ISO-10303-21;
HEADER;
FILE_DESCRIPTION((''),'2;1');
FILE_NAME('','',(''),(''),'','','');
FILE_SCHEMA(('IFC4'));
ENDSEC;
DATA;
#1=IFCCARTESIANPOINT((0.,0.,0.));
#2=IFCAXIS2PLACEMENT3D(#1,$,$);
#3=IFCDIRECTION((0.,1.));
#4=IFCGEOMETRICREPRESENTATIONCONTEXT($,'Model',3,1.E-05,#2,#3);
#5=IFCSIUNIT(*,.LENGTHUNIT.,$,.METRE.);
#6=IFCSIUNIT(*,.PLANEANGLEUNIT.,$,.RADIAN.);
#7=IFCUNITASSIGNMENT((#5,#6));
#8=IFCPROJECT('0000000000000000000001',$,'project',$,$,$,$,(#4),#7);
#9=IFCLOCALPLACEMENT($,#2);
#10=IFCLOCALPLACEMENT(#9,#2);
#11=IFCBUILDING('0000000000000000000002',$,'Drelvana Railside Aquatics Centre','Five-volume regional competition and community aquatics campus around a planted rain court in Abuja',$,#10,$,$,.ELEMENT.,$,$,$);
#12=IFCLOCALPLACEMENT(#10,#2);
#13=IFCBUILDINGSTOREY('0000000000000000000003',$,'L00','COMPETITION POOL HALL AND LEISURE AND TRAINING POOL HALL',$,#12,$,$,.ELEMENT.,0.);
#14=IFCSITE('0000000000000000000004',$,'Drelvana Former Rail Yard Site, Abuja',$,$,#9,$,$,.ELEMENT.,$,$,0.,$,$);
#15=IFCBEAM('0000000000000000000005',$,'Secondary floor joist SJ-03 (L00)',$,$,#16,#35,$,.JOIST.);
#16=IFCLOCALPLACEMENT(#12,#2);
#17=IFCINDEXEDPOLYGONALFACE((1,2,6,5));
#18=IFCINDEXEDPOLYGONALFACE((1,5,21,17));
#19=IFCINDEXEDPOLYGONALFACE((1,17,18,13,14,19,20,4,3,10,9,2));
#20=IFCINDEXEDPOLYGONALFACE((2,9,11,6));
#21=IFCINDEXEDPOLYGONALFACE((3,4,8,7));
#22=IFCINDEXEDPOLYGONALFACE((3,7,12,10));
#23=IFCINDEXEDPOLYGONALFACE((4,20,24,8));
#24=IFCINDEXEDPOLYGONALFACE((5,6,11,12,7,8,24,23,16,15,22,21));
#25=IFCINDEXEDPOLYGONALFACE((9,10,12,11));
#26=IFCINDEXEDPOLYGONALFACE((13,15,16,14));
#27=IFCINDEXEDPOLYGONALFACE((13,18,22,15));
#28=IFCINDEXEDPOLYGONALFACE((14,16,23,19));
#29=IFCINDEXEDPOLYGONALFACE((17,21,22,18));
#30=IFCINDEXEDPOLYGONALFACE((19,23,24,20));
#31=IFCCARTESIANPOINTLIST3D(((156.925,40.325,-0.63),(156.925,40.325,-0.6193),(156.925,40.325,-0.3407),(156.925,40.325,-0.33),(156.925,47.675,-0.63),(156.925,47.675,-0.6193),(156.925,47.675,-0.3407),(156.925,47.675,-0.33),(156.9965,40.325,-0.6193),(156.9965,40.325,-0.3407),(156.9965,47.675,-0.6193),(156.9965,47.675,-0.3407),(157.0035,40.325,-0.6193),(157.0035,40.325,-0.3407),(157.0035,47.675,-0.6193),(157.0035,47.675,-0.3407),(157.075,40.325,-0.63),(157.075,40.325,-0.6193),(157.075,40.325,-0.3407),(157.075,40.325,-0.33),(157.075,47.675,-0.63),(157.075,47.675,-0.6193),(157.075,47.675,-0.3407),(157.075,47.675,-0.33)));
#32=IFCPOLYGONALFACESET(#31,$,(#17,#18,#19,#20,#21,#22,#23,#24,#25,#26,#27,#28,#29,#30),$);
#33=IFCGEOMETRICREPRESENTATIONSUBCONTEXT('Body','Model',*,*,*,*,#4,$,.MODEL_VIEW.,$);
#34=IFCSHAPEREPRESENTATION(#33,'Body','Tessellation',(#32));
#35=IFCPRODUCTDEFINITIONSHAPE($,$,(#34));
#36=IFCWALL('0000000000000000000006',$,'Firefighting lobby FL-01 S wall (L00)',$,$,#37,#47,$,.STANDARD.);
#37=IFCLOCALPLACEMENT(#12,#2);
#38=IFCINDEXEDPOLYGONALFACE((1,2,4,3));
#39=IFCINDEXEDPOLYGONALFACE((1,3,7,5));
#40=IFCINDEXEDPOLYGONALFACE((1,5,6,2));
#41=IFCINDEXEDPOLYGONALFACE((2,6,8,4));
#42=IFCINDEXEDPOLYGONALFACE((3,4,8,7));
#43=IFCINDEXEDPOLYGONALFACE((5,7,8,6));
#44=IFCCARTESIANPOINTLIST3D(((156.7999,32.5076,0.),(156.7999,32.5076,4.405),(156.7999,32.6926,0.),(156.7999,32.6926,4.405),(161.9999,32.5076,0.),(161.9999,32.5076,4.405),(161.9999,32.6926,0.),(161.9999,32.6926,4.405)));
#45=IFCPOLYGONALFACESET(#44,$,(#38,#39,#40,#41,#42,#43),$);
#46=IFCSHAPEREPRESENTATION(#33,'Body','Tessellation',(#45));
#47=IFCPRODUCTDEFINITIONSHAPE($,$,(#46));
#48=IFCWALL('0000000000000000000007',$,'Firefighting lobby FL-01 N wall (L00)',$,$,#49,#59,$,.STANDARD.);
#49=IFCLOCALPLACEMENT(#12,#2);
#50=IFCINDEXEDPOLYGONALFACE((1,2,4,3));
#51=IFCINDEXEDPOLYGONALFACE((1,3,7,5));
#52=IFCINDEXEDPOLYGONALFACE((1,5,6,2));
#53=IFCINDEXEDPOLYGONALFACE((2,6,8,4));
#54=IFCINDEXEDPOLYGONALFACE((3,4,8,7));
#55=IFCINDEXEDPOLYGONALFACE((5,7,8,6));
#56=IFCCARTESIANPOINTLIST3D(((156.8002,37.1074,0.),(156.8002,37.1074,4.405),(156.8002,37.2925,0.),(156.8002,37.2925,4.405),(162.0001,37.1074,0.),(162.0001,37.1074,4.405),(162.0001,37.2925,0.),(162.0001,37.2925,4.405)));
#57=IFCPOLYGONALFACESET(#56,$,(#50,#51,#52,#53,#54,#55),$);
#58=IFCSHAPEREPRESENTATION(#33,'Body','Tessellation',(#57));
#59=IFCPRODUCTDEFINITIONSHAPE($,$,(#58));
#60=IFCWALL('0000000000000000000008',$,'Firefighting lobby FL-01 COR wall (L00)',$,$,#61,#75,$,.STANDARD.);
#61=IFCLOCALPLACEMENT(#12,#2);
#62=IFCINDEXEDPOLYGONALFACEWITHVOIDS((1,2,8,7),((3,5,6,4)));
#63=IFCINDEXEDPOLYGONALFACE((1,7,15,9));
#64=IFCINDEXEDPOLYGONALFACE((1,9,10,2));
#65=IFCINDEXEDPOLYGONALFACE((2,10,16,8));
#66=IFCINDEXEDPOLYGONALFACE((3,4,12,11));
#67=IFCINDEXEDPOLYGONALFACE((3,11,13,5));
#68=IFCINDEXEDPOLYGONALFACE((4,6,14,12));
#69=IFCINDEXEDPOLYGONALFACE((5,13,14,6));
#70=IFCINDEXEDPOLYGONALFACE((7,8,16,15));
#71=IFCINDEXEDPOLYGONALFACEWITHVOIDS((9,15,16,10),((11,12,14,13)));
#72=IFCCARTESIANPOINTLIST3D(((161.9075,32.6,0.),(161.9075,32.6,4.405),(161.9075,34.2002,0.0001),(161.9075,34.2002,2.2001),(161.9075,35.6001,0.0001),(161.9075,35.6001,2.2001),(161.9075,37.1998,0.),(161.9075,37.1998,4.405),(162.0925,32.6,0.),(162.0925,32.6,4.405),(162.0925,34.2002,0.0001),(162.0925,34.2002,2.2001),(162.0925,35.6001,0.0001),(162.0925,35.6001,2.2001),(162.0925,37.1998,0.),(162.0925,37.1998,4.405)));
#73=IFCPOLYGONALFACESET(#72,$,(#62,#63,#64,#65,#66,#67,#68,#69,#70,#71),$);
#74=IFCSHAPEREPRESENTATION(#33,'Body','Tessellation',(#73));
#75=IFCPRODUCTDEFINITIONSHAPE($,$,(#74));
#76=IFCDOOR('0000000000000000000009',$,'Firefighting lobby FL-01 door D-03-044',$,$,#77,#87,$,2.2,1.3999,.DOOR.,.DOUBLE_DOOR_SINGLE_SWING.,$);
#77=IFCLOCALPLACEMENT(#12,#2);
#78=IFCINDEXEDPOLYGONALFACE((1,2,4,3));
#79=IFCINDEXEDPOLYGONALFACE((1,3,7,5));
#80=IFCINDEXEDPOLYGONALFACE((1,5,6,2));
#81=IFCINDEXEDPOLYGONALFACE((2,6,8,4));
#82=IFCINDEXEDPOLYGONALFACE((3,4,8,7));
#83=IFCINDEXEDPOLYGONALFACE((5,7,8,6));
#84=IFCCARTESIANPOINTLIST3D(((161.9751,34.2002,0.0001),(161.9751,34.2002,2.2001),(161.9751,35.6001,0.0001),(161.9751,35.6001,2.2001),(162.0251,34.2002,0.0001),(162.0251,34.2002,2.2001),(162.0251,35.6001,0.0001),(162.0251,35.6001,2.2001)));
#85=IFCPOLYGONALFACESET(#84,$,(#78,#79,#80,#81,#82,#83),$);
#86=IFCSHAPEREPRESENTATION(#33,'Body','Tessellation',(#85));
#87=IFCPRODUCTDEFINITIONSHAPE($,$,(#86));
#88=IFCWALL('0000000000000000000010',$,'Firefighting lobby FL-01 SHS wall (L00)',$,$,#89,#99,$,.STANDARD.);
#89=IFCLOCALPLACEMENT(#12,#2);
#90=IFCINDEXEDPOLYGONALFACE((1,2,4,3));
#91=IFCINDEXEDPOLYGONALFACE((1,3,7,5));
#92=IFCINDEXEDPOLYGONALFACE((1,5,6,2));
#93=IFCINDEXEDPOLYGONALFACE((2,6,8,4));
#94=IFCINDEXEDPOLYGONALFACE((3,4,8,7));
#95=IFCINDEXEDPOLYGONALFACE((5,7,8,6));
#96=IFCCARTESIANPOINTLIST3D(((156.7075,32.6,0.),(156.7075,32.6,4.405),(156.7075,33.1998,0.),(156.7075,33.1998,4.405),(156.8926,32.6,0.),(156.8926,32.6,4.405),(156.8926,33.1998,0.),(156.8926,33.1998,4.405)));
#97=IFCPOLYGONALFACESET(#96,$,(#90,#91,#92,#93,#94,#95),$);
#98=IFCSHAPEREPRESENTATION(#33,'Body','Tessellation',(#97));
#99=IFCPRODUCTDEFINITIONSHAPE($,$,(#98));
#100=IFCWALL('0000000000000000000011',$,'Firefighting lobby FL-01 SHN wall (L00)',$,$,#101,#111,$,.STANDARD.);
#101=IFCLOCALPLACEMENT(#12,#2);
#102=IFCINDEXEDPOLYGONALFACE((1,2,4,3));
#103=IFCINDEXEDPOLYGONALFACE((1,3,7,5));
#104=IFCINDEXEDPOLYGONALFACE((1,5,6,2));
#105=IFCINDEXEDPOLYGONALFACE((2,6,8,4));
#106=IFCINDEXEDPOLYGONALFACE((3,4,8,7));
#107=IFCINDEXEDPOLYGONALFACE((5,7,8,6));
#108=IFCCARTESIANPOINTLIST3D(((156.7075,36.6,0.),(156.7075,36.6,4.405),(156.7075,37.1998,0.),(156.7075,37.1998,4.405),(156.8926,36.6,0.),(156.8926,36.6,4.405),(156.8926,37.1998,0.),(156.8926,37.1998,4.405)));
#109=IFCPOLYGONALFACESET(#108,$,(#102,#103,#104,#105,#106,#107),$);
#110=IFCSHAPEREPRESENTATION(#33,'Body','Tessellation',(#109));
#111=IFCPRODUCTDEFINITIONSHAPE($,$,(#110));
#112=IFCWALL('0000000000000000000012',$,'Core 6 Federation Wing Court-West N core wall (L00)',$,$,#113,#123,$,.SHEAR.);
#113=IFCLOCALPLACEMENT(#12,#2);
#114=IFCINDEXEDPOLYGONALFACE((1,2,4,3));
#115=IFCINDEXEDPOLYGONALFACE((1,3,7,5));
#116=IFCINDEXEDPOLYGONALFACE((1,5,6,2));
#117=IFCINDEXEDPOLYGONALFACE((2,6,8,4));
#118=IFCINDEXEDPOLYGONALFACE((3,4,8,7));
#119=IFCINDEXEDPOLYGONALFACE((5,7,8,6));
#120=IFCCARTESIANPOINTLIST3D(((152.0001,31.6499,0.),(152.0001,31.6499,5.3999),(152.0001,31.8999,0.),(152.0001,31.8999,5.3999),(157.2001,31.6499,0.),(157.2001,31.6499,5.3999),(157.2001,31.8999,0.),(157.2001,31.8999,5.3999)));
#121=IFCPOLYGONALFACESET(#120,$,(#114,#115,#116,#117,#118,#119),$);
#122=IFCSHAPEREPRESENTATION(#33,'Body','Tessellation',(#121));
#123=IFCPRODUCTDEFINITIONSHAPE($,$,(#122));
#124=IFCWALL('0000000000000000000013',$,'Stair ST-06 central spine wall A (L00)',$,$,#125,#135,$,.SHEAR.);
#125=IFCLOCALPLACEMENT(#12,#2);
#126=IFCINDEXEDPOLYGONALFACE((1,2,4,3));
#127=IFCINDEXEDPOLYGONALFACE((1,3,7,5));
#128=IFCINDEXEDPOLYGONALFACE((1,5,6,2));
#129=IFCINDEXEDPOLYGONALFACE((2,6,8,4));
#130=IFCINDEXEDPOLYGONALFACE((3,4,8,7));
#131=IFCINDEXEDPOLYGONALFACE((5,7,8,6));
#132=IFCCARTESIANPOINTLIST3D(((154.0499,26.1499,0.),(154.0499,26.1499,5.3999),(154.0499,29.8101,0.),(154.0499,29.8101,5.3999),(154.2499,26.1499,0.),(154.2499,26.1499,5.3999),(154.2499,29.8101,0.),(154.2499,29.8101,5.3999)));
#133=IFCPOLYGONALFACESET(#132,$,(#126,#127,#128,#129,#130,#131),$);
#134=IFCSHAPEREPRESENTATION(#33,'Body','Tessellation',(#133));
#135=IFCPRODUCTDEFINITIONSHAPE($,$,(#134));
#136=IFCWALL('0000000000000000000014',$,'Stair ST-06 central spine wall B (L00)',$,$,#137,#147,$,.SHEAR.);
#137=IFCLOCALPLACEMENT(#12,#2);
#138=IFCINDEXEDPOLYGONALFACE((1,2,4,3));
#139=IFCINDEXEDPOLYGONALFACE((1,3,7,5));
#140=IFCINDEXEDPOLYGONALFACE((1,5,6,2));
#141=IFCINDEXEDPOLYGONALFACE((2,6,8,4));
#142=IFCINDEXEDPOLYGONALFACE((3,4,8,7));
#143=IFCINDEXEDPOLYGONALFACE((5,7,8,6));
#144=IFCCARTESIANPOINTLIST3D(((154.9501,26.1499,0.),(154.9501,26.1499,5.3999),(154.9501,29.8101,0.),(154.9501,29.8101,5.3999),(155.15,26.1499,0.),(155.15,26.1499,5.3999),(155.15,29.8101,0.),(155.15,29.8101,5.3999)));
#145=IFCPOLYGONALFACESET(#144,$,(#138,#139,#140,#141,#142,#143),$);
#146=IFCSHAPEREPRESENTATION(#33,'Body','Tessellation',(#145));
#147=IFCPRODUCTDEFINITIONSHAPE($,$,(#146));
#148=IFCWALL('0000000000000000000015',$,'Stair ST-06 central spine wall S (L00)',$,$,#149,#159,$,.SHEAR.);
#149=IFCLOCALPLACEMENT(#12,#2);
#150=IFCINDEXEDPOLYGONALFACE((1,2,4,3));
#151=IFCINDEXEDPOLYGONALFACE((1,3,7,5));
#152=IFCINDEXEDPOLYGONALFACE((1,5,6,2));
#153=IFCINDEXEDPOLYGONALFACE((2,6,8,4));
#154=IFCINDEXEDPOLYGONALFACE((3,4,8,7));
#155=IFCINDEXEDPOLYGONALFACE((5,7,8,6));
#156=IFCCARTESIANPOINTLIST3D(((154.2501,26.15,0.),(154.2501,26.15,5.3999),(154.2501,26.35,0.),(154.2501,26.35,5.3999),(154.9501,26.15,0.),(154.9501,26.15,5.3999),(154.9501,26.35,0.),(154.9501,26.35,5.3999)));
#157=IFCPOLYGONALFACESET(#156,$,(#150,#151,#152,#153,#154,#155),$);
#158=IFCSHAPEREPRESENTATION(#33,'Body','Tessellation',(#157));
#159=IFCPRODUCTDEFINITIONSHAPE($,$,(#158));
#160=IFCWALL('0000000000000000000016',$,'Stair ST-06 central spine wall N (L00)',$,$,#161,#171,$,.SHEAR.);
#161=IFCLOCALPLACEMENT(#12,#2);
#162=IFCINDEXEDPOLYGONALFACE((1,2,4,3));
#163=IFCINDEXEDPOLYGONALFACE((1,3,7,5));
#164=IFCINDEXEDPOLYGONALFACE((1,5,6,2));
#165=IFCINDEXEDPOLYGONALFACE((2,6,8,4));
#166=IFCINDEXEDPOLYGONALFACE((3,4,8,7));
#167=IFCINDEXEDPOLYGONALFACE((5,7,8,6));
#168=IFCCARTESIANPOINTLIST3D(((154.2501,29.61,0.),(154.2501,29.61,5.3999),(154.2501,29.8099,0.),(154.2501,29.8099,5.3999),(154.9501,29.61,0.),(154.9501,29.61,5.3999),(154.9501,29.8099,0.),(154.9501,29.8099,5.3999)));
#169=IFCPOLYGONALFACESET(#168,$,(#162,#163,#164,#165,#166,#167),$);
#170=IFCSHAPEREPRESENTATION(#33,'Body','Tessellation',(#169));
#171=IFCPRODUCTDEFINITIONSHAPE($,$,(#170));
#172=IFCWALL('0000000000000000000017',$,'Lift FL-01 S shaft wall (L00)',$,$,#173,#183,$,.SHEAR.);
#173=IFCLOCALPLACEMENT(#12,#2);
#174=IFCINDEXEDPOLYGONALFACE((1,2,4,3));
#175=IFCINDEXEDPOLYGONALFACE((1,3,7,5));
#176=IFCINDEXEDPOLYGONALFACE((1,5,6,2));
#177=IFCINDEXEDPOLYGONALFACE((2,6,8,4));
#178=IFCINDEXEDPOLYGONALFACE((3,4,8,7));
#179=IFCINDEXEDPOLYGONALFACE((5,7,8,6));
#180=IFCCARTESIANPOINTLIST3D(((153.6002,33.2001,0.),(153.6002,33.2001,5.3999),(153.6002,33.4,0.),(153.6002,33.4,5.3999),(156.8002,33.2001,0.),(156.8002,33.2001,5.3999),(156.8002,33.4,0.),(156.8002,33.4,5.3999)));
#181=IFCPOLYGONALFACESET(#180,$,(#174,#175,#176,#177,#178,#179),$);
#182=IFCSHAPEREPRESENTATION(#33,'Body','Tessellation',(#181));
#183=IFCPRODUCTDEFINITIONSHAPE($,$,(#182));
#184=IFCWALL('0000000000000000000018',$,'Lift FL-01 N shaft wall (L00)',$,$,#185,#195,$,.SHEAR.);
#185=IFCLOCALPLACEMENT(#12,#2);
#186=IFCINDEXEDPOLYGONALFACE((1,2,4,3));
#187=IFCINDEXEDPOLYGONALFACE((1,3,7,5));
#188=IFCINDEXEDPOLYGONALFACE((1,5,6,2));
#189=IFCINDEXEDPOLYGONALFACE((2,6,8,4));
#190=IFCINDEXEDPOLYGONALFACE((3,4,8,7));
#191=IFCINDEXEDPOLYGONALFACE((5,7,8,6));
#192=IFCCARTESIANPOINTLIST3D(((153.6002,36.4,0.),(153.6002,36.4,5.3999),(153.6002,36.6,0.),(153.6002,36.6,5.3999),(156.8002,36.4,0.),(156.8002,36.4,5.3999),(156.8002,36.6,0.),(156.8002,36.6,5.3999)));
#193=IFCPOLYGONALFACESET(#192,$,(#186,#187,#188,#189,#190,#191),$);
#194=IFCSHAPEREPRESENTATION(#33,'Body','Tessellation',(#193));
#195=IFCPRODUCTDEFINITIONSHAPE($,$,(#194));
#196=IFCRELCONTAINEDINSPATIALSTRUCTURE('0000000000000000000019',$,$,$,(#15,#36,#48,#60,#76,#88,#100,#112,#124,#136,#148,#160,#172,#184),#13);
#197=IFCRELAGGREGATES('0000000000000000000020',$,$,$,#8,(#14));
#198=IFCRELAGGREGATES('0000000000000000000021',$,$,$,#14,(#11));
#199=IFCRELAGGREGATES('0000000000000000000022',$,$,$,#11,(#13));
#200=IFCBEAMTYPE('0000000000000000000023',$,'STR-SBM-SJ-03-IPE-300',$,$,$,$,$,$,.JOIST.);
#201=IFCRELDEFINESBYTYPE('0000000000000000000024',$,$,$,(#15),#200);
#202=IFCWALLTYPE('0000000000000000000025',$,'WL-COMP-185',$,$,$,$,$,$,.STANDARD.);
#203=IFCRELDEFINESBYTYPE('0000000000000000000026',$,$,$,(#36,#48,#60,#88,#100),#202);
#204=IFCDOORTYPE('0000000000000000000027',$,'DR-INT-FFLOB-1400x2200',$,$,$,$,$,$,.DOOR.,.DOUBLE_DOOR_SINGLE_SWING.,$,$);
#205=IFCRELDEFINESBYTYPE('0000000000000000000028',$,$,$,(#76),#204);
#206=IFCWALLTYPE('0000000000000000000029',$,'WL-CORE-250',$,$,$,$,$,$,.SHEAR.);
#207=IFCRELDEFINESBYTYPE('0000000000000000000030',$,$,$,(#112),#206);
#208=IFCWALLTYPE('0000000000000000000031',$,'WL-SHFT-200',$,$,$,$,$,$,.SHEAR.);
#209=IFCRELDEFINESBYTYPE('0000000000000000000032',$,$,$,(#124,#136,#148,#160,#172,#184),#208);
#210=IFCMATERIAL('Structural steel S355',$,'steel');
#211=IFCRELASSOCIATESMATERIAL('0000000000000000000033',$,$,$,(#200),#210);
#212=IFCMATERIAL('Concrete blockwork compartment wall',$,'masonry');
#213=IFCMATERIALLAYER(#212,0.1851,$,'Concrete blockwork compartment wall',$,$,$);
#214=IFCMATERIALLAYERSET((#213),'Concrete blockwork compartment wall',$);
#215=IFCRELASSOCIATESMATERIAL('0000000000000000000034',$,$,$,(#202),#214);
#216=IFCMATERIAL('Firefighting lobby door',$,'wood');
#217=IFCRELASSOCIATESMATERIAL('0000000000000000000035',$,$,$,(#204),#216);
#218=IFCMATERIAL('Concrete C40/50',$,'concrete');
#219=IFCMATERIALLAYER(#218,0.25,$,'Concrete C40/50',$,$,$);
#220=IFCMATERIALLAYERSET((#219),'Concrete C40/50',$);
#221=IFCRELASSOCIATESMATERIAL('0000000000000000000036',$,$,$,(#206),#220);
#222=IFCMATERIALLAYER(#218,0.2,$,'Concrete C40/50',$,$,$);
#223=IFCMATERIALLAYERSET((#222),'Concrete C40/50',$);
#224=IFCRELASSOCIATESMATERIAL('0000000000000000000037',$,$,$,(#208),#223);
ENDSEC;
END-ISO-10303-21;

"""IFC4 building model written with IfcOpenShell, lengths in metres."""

from ifc_helpers import new_model, si_unit, direction, frame, frame_2d, origin, origin_2d, place, context, subcontext, project, spatial, rectangle, i_section, extrude, material, layer, layer_set, material_profile, profile_set, type_object, element, fill, save


model = new_model("IFC4")

# Units and contexts
model_context = context("Model", 3, precision=1e-05, world=origin(), true_north=direction((0.0, 1.0)))
body_context = subcontext(model_context, "Body", "Model", "MODEL_VIEW")
ifc_project = project(units=[si_unit("LENGTHUNIT", "METRE"), si_unit("PLANEANGLEUNIT", "RADIAN")], contexts=[model_context])

# Site, building, storey
site_placement = place(None, origin())
site = spatial("IfcSite", under=ifc_project, at=site_placement, Name="Drelvana Former Rail Yard Site, Abuja", CompositionType="ELEMENT", RefElevation=0.0)
building_placement = place(site_placement, origin())
building = spatial("IfcBuilding", under=site, at=building_placement, Name="Drelvana Railside Aquatics Centre", Description="Five-volume regional competition and community aquatics campus around a planted rain court in Abuja", CompositionType="ELEMENT")
storey_placement = place(building_placement, origin())
storey = spatial("IfcBuildingStorey", under=building, at=storey_placement, Name="L00", Description="COMPETITION POOL HALL AND LEISURE AND TRAINING POOL HALL", CompositionType="ELEMENT", Elevation=0.0)

# Shared definitions
ifc_material_1 = material(Name="Concrete C40/50", Category="concrete")

# Beam
ifc_material_2 = material(Name="Structural steel S355", Category="steel")
ifc_material_profile_1 = material_profile(ifc_material_2, i_section(OverallWidth=0.1499, OverallDepth=0.3, WebThickness=0.0071, FlangeThickness=0.0107, at=origin_2d()), Name="IPE 300")
ifc_profile_set_1 = profile_set([ifc_material_profile_1], Name="Structural steel S355")
beam_type_1 = type_object("IfcBeamType", Name="STR-SBM-SJ-03-IPE-300", PredefinedType="JOIST", material=ifc_profile_set_1)
for number, where, z_axis, x_axis, name in (
    (1, (157.0, 40.325, -0.48), (0.0, 1.0, 0.0), (-1.0, 0.0, 0.0), "Secondary floor joist SJ-03 (L00)"),
):
    element("IfcBeam", number, at=place(storey_placement, frame(where, z_axis=z_axis, x_axis=x_axis)), inside=storey, type_object=beam_type_1, Name=name, PredefinedType="JOIST", context=body_context, shape_type="SweptSolid", body=[
        extrude(i_section(OverallWidth=0.1499, OverallDepth=0.3, WebThickness=0.0071, FlangeThickness=0.0107, at=origin_2d()), origin(), (0.0, 0.0, 1.0), 7.3501),
    ])

# Walls
ifc_material_3 = material(Name="Concrete blockwork compartment wall", Category="masonry")
ifc_layer_1 = layer(ifc_material_3, 0.1851, Name="Concrete blockwork compartment wall")
ifc_layer_set_1 = layer_set([ifc_layer_1], Name="Concrete blockwork compartment wall")
wall_type_1 = type_object("IfcWallType", Name="WL-COMP-185", PredefinedType="STANDARD", material=ifc_layer_set_1)
for number, where, z_axis, x_axis, name in (
    (2, (162.0, 32.6001, 0.0), (0.0, 0.0, 1.0), (-1.0, 0.0, 0.0), "Firefighting lobby FL-01 S wall (L00)"),
    (3, (156.8, 37.2, 0.0), (0.0, 0.0, 1.0), (1.0, 0.0, 0.0), "Firefighting lobby FL-01 N wall (L00)"),
):
    element("IfcWall", number, at=place(storey_placement, frame(where, z_axis=z_axis, x_axis=x_axis)), inside=storey, type_object=wall_type_1, Name=name, PredefinedType="STANDARD", context=body_context, shape_type="SweptSolid", body=[
        extrude(rectangle(XDim=5.2, YDim=0.1851, at=frame_2d((2.6001, 0.0))), origin(), (0.0, 0.0, 1.0), 4.405),
    ])

# Wall, opening, door
wall_1_placement = place(storey_placement, frame((162.0, 32.6001, 0.0), z_axis=(0.0, 0.0, 1.0), x_axis=(0.0, 1.0, 0.0)))
wall_1 = element("IfcWall", 4, at=wall_1_placement, inside=storey, type_object=wall_type_1, Name="Firefighting lobby FL-01 COR wall (L00)", PredefinedType="STANDARD", context=body_context, shape_type="SweptSolid", body=[
    extrude(rectangle(XDim=4.5999, YDim=0.1851, at=frame_2d((2.2998, 0.0))), origin(), (0.0, 0.0, 1.0), 4.405),
])
opening_1_placement = place(wall_1_placement, frame((1.6001, 0.0, 0.0)))
opening_1 = element("IfcOpeningElement", 5, at=opening_1_placement, cuts=wall_1, PredefinedType="OPENING", context=body_context, shape_type="SweptSolid", body=[
    extrude(rectangle(XDim=1.3999, YDim=2.2, at=frame_2d((0.7, 1.1001))), frame((0.0, 0.1025, 0.0), z_axis=(0.0, -1.0, 0.0), x_axis=(1.0, 0.0, 0.0)), (0.0, 0.0, 1.0), 0.2051),
])
ifc_material_4 = material(Name="Firefighting lobby door", Category="wood")
door_type_1 = type_object("IfcDoorType", Name="DR-INT-FFLOB-1400x2200", OperationType="DOUBLE_DOOR_SINGLE_SWING", PredefinedType="DOOR", material=ifc_material_4)
door_1_placement = place(opening_1_placement, origin())
door_1 = element("IfcDoor", 6, at=door_1_placement, inside=storey, type_object=door_type_1, Name="Firefighting lobby FL-01 door D-03-044", OperationType="DOUBLE_DOOR_SINGLE_SWING", OverallHeight=2.2, OverallWidth=1.3999, PredefinedType="DOOR", context=body_context, shape_type="SweptSolid", body=[
    extrude(rectangle(XDim=1.3999, YDim=2.2, at=frame_2d((0.7, 1.1001))), frame((0.0, 0.0249, 0.0), z_axis=(0.0, -1.0, 0.0), x_axis=(1.0, 0.0, 0.0)), (0.0, 0.0, 1.0), 0.05),
])
fill(opening_1, door_1)

# Walls
for number, where, z_axis, x_axis, name in (
    (7, (156.8, 32.6001, 0.0), (0.0, 0.0, 1.0), (0.0, 1.0, 0.0), "Firefighting lobby FL-01 SHS wall (L00)"),
    (8, (156.8, 36.6001, 0.0), (0.0, 0.0, 1.0), (0.0, 1.0, 0.0), "Firefighting lobby FL-01 SHN wall (L00)"),
):
    element("IfcWall", number, at=place(storey_placement, frame(where, z_axis=z_axis, x_axis=x_axis)), inside=storey, type_object=wall_type_1, Name=name, PredefinedType="STANDARD", context=body_context, shape_type="SweptSolid", body=[
        extrude(rectangle(XDim=0.5999, YDim=0.1851, at=frame_2d((0.2998, 0.0))), origin(), (0.0, 0.0, 1.0), 4.405),
    ])
ifc_layer_2 = layer(ifc_material_1, 0.25, Name="Concrete C40/50")
ifc_layer_set_2 = layer_set([ifc_layer_2], Name="Concrete C40/50")
wall_type_2 = type_object("IfcWallType", Name="WL-CORE-250", PredefinedType="SHEAR", material=ifc_layer_set_2)
wall_2_placement = place(storey_placement, frame((152.0, 31.7749, 0.0), z_axis=(0.0, 0.0, 1.0), x_axis=(1.0, 0.0, 0.0)))
element("IfcWall", 9, at=wall_2_placement, inside=storey, type_object=wall_type_2, Name="Core 6 Federation Wing Court-West N core wall (L00)", PredefinedType="SHEAR", context=body_context, shape_type="SweptSolid", body=[
    extrude(rectangle(XDim=5.2, YDim=0.25, at=frame_2d((2.6001, 0.0))), origin(), (0.0, 0.0, 1.0), 5.3999),
])
ifc_layer_3 = layer(ifc_material_1, 0.2, Name="Concrete C40/50")
ifc_layer_set_3 = layer_set([ifc_layer_3], Name="Concrete C40/50")
wall_type_3 = type_object("IfcWallType", Name="WL-SHFT-200", PredefinedType="SHEAR", material=ifc_layer_set_3)
for number, where, z_axis, x_axis, name in (
    (10, (154.1499, 26.1499, 0.0), (0.0, 0.0, 1.0), (0.0, 1.0, 0.0), "Stair ST-06 central spine wall A (L00)"),
    (11, (155.05, 26.1499, 0.0), (0.0, 0.0, 1.0), (0.0, 1.0, 0.0), "Stair ST-06 central spine wall B (L00)"),
):
    element("IfcWall", number, at=place(storey_placement, frame(where, z_axis=z_axis, x_axis=x_axis)), inside=storey, type_object=wall_type_3, Name=name, PredefinedType="SHEAR", context=body_context, shape_type="SweptSolid", body=[
        extrude(rectangle(XDim=3.6602, YDim=0.2, at=frame_2d((1.8301, 0.0))), origin(), (0.0, 0.0, 1.0), 5.3999),
    ])
for number, where, z_axis, x_axis, name in (
    (12, (154.25, 26.25, 0.0), (0.0, 0.0, 1.0), (1.0, 0.0, 0.0), "Stair ST-06 central spine wall S (L00)"),
    (13, (154.25, 29.71, 0.0), (0.0, 0.0, 1.0), (1.0, 0.0, 0.0), "Stair ST-06 central spine wall N (L00)"),
):
    element("IfcWall", number, at=place(storey_placement, frame(where, z_axis=z_axis, x_axis=x_axis)), inside=storey, type_object=wall_type_3, Name=name, PredefinedType="SHEAR", context=body_context, shape_type="SweptSolid", body=[
        extrude(rectangle(XDim=0.7, YDim=0.2, at=frame_2d((0.3501, 0.0))), origin(), (0.0, 0.0, 1.0), 5.3999),
    ])
for number, where, z_axis, x_axis, name in (
    (14, (153.6001, 33.3, 0.0), (0.0, 0.0, 1.0), (1.0, 0.0, 0.0), "Lift FL-01 S shaft wall (L00)"),
    (15, (153.6001, 36.5, 0.0), (0.0, 0.0, 1.0), (1.0, 0.0, 0.0), "Lift FL-01 N shaft wall (L00)"),
):
    element("IfcWall", number, at=place(storey_placement, frame(where, z_axis=z_axis, x_axis=x_axis)), inside=storey, type_object=wall_type_3, Name=name, PredefinedType="SHEAR", context=body_context, shape_type="SweptSolid", body=[
        extrude(rectangle(XDim=3.2, YDim=0.2, at=frame_2d((1.6001, 0.0))), origin(), (0.0, 0.0, 1.0), 5.3999),
    ])

save(model, "model.ifc")
